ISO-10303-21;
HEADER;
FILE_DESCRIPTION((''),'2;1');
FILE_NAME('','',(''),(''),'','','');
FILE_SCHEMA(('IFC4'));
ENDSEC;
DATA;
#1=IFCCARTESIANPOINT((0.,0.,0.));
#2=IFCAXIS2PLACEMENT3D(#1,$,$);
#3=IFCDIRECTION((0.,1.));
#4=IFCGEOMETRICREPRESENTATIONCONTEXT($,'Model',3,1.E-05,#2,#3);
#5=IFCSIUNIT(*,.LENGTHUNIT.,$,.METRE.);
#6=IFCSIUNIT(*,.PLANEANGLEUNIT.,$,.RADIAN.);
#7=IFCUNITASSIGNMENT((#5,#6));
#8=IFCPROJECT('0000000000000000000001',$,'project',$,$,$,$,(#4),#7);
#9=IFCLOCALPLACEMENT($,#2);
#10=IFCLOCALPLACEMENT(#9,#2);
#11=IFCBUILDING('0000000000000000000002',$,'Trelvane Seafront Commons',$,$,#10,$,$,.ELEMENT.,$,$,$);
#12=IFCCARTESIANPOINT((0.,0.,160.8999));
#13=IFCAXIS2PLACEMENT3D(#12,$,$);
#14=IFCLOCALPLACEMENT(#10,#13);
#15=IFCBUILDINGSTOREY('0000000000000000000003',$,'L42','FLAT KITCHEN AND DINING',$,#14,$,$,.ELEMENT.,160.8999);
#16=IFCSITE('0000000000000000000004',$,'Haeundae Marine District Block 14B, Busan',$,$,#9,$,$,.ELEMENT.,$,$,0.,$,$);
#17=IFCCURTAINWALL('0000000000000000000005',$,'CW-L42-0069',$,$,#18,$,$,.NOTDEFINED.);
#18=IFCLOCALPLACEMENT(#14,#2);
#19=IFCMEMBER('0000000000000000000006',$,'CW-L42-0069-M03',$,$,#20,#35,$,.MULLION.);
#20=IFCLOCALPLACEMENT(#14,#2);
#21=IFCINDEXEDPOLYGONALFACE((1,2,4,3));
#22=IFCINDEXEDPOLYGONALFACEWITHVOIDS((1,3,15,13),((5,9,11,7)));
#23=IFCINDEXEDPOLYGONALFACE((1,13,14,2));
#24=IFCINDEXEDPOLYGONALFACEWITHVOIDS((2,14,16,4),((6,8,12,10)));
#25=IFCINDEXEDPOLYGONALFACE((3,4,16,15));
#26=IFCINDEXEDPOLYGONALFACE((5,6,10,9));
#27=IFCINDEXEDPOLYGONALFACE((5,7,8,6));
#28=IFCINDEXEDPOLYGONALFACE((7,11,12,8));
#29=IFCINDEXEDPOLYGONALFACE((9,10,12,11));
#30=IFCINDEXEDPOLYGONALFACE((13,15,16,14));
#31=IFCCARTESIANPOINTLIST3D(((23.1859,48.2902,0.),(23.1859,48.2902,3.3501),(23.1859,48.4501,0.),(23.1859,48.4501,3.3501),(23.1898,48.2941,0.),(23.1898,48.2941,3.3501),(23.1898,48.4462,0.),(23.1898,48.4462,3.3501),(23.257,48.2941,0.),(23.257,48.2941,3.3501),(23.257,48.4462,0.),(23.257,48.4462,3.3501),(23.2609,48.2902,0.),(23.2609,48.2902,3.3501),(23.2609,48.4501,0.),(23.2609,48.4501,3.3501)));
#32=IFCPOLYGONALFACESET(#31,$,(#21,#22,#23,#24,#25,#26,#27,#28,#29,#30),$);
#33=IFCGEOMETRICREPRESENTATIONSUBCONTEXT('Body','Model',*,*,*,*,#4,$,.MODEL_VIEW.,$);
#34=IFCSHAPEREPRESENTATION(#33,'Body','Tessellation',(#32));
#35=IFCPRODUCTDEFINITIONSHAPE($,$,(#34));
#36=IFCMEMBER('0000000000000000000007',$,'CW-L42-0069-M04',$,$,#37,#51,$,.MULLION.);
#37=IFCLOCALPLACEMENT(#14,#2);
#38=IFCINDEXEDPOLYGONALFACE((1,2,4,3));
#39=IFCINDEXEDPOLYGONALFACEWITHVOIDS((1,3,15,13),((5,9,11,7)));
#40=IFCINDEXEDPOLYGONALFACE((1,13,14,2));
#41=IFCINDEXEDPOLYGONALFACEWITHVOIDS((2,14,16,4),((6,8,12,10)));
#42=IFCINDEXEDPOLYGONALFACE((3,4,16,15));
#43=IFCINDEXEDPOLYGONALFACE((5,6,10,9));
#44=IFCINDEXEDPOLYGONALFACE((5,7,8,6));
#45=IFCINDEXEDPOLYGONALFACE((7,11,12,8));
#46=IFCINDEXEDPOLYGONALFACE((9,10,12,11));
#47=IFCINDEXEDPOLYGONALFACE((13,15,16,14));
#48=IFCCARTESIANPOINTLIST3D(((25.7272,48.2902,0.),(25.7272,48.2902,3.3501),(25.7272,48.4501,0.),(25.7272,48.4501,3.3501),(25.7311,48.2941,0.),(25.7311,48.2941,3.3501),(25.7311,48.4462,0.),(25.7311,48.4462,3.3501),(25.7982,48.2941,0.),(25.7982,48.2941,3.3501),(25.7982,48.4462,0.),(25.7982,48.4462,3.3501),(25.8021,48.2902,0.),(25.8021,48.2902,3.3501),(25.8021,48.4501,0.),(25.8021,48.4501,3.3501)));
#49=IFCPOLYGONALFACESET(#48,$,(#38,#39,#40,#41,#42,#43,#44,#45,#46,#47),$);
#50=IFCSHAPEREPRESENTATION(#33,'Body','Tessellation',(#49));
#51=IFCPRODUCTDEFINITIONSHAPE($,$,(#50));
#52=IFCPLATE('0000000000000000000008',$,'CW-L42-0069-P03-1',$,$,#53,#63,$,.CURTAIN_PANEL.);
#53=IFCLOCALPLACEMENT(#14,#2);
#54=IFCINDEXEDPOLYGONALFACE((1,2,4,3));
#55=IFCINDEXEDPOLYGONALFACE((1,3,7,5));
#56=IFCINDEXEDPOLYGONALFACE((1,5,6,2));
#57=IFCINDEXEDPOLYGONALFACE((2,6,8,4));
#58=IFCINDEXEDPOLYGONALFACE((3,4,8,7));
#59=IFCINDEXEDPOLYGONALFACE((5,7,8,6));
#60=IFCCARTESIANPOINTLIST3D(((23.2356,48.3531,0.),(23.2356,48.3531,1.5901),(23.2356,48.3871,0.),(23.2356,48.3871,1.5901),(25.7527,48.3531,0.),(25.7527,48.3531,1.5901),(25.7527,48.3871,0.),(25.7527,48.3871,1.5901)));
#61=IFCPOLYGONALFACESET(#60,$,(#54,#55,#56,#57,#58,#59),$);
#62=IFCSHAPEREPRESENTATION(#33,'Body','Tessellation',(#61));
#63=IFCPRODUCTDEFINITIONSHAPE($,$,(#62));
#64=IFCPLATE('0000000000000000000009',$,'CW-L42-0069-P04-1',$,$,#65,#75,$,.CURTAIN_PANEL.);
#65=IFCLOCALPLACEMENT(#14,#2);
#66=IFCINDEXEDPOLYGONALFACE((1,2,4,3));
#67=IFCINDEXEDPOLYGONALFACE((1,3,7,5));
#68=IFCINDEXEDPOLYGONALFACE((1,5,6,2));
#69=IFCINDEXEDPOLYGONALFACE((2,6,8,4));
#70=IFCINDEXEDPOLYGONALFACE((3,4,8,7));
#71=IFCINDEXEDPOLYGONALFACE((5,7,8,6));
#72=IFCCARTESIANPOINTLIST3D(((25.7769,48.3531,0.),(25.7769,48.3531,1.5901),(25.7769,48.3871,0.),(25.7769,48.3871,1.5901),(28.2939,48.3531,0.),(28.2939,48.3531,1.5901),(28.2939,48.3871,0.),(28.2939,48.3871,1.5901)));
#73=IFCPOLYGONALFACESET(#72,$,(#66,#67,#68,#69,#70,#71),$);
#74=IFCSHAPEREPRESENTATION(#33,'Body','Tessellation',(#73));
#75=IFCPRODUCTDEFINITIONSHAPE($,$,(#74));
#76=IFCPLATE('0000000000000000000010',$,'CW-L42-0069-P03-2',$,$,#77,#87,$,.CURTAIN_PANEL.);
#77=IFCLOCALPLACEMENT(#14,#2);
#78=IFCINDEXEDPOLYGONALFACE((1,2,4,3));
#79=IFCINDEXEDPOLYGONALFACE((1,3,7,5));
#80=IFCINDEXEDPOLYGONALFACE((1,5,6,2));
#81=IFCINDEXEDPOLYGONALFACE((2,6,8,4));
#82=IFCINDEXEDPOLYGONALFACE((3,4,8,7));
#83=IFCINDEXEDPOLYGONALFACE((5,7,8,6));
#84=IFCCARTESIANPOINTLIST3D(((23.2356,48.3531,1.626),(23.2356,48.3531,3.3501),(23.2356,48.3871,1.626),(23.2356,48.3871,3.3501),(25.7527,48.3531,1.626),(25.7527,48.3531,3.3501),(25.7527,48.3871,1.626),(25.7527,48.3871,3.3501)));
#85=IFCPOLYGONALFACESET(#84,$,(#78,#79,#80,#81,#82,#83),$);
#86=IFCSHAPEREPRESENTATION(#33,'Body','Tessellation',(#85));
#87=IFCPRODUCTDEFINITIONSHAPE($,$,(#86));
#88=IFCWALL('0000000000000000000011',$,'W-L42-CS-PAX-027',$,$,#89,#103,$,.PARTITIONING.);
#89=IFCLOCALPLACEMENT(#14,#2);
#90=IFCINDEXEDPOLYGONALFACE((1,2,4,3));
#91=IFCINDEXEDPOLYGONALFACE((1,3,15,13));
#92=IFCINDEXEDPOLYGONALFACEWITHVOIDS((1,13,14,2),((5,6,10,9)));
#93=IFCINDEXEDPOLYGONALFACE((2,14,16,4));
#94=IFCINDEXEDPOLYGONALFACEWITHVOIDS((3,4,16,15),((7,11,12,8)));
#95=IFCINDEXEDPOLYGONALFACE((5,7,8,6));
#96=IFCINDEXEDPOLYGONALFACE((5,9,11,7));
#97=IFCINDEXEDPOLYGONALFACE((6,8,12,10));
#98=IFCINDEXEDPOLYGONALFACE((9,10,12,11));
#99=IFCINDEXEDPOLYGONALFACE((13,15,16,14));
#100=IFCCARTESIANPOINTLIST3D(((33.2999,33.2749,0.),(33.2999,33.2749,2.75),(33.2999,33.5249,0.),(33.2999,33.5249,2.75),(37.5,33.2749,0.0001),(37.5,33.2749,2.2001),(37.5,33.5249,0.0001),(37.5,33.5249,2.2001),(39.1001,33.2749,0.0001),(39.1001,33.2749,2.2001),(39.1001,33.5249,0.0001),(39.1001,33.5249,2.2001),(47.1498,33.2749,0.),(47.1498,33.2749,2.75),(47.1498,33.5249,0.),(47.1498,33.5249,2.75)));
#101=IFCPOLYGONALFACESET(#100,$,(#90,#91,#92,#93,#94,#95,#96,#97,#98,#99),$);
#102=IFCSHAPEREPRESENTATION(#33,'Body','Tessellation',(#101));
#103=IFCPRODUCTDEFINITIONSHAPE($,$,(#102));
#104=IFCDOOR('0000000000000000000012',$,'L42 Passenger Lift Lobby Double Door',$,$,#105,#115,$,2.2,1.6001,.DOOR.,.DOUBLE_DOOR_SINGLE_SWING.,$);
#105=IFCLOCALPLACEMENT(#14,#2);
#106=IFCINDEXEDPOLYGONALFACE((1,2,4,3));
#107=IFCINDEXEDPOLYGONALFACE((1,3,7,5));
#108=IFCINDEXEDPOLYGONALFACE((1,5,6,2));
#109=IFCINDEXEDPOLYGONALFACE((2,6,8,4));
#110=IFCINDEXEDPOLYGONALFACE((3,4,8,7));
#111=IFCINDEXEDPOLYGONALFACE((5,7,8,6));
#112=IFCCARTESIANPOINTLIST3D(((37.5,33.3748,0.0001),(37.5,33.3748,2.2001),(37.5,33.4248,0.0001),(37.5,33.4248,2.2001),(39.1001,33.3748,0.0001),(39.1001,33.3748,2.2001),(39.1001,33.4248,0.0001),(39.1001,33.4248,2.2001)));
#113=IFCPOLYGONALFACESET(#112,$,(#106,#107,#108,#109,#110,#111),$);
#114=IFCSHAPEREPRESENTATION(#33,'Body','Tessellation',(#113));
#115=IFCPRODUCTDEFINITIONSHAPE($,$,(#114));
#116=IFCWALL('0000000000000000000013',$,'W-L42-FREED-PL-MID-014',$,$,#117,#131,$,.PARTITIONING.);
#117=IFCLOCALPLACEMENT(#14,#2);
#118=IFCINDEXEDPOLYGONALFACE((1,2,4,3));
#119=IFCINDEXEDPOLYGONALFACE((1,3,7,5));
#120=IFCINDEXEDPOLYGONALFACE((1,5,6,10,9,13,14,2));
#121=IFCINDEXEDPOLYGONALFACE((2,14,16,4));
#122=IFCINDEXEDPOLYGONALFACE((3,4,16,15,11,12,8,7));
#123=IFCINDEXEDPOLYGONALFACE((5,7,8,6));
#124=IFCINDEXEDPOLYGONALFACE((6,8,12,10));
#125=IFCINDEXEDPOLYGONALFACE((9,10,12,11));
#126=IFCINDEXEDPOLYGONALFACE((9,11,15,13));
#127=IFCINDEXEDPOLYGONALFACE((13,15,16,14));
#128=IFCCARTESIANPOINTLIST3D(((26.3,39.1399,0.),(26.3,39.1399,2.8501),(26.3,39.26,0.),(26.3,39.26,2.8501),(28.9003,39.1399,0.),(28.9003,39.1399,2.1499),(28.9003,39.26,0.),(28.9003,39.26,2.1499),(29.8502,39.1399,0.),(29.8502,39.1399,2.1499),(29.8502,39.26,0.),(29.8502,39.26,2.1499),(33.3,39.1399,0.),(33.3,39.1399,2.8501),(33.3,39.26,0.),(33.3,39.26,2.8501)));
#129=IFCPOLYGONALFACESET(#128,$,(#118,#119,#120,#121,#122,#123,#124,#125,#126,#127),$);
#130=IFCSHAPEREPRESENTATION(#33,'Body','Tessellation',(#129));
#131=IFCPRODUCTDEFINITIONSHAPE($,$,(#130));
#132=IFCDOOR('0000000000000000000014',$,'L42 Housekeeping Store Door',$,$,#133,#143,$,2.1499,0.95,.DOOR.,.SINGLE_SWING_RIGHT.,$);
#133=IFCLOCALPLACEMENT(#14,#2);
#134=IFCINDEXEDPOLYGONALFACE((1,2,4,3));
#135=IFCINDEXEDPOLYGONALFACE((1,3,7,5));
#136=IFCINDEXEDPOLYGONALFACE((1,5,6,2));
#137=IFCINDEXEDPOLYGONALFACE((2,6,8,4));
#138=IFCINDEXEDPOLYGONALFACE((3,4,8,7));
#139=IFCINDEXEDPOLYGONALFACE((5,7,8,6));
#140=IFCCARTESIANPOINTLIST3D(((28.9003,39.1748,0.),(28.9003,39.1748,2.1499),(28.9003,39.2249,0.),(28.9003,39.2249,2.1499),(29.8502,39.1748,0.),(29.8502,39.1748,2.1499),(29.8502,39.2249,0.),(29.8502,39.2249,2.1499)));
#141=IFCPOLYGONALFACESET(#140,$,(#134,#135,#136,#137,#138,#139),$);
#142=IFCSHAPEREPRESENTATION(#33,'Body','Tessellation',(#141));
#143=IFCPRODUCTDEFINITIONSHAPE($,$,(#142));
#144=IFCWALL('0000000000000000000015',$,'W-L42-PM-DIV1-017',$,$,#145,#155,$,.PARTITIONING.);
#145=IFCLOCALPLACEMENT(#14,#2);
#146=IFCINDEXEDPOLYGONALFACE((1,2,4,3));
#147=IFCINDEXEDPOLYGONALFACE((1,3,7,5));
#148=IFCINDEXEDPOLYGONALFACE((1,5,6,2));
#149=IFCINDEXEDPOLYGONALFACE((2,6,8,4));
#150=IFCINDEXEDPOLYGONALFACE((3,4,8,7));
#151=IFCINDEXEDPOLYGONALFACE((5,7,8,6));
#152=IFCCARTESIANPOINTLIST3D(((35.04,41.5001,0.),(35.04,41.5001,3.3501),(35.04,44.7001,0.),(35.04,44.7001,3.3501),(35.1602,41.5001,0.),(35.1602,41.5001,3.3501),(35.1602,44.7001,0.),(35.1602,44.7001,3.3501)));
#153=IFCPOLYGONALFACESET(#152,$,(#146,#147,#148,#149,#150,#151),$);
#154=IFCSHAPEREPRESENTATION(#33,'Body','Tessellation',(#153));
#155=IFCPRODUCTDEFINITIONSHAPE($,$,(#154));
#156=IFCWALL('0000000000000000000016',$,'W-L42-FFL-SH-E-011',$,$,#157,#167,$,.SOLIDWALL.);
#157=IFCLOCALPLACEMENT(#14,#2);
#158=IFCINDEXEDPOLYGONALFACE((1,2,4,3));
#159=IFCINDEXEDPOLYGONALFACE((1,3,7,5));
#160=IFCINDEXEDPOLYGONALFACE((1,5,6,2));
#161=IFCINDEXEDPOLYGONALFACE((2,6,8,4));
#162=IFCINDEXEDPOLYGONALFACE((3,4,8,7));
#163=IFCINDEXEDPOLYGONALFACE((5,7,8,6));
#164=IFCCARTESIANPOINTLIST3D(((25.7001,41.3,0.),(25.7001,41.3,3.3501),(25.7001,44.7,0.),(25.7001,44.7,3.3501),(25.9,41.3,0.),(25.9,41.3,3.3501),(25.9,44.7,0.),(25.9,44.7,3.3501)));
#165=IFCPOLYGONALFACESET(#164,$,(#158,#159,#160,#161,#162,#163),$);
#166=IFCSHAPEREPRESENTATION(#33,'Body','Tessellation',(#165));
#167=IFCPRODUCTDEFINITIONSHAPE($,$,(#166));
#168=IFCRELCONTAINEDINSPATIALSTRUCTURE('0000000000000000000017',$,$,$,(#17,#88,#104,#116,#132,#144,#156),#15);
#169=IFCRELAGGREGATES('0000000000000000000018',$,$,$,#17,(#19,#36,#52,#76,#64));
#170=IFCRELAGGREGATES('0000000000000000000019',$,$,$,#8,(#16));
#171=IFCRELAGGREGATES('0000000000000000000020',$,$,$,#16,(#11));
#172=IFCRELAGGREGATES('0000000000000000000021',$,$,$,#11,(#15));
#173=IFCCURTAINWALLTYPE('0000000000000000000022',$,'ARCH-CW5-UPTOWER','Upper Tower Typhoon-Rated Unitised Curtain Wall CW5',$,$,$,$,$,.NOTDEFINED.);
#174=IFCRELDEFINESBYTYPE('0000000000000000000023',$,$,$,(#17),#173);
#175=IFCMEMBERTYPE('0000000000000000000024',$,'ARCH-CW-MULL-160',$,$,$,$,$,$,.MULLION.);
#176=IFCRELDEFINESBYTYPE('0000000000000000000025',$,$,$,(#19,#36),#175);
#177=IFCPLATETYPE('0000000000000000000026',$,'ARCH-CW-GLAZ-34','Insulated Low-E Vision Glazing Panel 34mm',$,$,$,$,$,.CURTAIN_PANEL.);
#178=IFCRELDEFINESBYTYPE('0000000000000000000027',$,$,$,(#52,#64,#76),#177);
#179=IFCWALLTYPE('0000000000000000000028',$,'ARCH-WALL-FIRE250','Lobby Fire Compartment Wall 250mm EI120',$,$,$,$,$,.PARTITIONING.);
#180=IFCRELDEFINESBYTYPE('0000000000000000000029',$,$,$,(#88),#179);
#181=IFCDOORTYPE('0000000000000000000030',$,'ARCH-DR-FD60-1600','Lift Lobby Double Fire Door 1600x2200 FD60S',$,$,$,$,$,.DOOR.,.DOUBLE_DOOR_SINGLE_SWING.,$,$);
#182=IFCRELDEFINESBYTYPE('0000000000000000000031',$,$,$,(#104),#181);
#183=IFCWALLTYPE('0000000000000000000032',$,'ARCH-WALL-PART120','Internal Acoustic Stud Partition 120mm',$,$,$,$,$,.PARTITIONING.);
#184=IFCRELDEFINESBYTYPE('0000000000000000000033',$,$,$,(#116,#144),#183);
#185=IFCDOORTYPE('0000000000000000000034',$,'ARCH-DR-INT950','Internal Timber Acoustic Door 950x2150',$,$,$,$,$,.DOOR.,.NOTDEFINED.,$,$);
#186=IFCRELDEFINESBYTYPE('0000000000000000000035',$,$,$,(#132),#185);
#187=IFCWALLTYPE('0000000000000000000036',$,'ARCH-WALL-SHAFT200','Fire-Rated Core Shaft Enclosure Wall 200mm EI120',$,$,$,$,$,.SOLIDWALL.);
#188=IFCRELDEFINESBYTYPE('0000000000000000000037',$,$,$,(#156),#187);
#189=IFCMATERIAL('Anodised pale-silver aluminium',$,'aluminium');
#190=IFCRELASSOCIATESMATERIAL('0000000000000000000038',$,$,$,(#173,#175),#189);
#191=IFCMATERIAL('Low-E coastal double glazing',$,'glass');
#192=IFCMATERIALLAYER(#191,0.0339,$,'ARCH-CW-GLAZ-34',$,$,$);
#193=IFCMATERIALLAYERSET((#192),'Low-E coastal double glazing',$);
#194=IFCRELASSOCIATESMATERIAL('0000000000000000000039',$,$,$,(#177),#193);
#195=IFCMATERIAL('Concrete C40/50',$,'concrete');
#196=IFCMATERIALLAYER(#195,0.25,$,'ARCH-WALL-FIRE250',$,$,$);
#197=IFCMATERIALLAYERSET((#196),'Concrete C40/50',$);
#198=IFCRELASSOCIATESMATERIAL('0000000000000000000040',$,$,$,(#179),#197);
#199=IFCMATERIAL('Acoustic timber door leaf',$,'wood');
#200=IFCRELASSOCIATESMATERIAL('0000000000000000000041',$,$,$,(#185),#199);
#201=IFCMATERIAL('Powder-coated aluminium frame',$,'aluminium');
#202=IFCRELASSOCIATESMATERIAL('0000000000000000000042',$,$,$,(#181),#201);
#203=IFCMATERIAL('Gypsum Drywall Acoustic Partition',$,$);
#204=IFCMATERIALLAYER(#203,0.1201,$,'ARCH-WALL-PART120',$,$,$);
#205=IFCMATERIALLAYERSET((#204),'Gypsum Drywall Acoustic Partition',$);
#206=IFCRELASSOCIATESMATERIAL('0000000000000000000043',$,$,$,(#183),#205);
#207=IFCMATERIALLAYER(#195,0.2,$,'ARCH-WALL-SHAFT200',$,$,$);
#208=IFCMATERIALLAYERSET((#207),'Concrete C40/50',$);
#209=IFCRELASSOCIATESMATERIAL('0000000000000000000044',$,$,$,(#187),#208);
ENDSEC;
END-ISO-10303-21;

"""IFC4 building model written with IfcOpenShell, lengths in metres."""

from ifc_helpers import new_model, si_unit, direction, frame, frame_2d, origin, origin_2d, place, context, subcontext, project, spatial, rectangle, hollow_rectangle, extrude, source, transform, mapped, material, layer, layer_set, material_profile, profile_set, type_object, element, fill, aggregate, save


model = new_model("IFC4")

# Units and contexts
model_context = context("Model", 3, precision=1e-05, world=origin(), true_north=direction((0.0, 1.0)))
body_context = subcontext(model_context, "Body", "Model", "MODEL_VIEW")
ifc_project = project(units=[si_unit("LENGTHUNIT", "METRE"), si_unit("PLANEANGLEUNIT", "RADIAN")], contexts=[model_context])

# Site, building, storey
site_placement = place(None, origin())
site = spatial("IfcSite", under=ifc_project, at=site_placement, Name="Haeundae Marine District Block 14B, Busan", CompositionType="ELEMENT", RefElevation=0.0)
building_placement = place(site_placement, origin())
building = spatial("IfcBuilding", under=site, at=building_placement, Name="Trelvane Seafront Commons", CompositionType="ELEMENT")
storey_placement = place(building_placement, frame((0.0, 0.0, 160.8999)))
storey = spatial("IfcBuildingStorey", under=building, at=storey_placement, Name="L42", Description="FLAT KITCHEN AND DINING", CompositionType="ELEMENT", Elevation=160.8999)

# Curtain wall, members, plates
ifc_material_1 = material(Name="Anodised pale-silver aluminium", Category="aluminium")
curtain_wall_type = type_object("IfcCurtainWallType", Name="ARCH-CW5-UPTOWER", Description="Upper Tower Typhoon-Rated Unitised Curtain Wall CW5", PredefinedType="NOTDEFINED", material=ifc_material_1)
curtain_wall_placement = place(storey_placement, origin())
curtain_wall = element("IfcCurtainWall", 1, at=curtain_wall_placement, inside=storey, type_object=curtain_wall_type, Name="CW-L42-0069", PredefinedType="NOTDEFINED")
ifc_material_profile_1 = material_profile(ifc_material_1, hollow_rectangle(XDim=0.075, YDim=0.1599, WallThickness=0.0039, at=origin_2d()), Name="MULL-75x160x4")
ifc_profile_set_1 = profile_set([ifc_material_profile_1], Name="Anodised pale-silver aluminium")
member_type_1 = type_object("IfcMemberType", Name="ARCH-CW-MULL-160", PredefinedType="MULLION", material=ifc_profile_set_1)
shared_shape_1 = source(origin(), body_context, "Body", "SweptSolid", [
    extrude(hollow_rectangle(XDim=0.075, YDim=0.1599, WallThickness=0.0039, at=origin_2d()), origin(), (0.0, 0.0, 1.0), 3.3501),
])
member_1_placement = place(storey_placement, frame((23.2234, 48.3701, 0.0), z_axis=(0.0, 0.0, 1.0), x_axis=(1.0, 0.0, 0.0)))
member_1 = element("IfcMember", 2, at=member_1_placement, type_object=member_type_1, Name="CW-L42-0069-M03", PredefinedType="MULLION", context=body_context, shape_type="MappedRepresentation", body=[
    mapped(shared_shape_1, transform((0.0, 0.0, 0.0), x_axis=(1.0, 0.0, 0.0), y_axis=(0.0, 1.0, 0.0), z_axis=(0.0, 0.0, 1.0), scale=1.0)),
])
member_2_placement = place(storey_placement, frame((25.7646, 48.3701, 0.0), z_axis=(0.0, 0.0, 1.0), x_axis=(1.0, 0.0, 0.0)))
member_2 = element("IfcMember", 3, at=member_2_placement, type_object=member_type_1, Name="CW-L42-0069-M04", PredefinedType="MULLION", context=body_context, shape_type="MappedRepresentation", body=[
    mapped(shared_shape_1, transform((0.0, 0.0, 0.0), x_axis=(1.0, 0.0, 0.0), y_axis=(0.0, 1.0, 0.0), z_axis=(0.0, 0.0, 1.0), scale=1.0)),
])
ifc_material_2 = material(Name="Low-E coastal double glazing", Category="glass")
ifc_layer_1 = layer(ifc_material_2, 0.0339, Name="ARCH-CW-GLAZ-34")
ifc_layer_set_1 = layer_set([ifc_layer_1], Name="Low-E coastal double glazing")
plate_type = type_object("IfcPlateType", Name="ARCH-CW-GLAZ-34", Description="Insulated Low-E Vision Glazing Panel 34mm", PredefinedType="CURTAIN_PANEL", material=ifc_layer_set_1)
shared_shape_2 = source(origin(), body_context, "Body", "SweptSolid", [
    extrude(rectangle(XDim=2.5171, YDim=0.0339, at=origin_2d()), origin(), (0.0, 0.0, 1.0), 1.5901),
])
plate_1_placement = place(storey_placement, frame((24.4941, 48.3701, 0.0), z_axis=(0.0, 0.0, 1.0), x_axis=(1.0, 0.0, 0.0)))
plate_1 = element("IfcPlate", 4, at=plate_1_placement, type_object=plate_type, Name="CW-L42-0069-P03-1", PredefinedType="CURTAIN_PANEL", context=body_context, shape_type="MappedRepresentation", body=[
    mapped(shared_shape_2, transform((0.0, 0.0, 0.0), x_axis=(1.0, 0.0, 0.0), y_axis=(0.0, 1.0, 0.0), z_axis=(0.0, 0.0, 1.0), scale=1.0)),
])
plate_2_placement = place(storey_placement, frame((27.0354, 48.3701, 0.0), z_axis=(0.0, 0.0, 1.0), x_axis=(1.0, 0.0, 0.0)))
plate_2 = element("IfcPlate", 5, at=plate_2_placement, type_object=plate_type, Name="CW-L42-0069-P04-1", PredefinedType="CURTAIN_PANEL", context=body_context, shape_type="MappedRepresentation", body=[
    mapped(shared_shape_2, transform((0.0, 0.0, 0.0), x_axis=(1.0, 0.0, 0.0), y_axis=(0.0, 1.0, 0.0), z_axis=(0.0, 0.0, 1.0), scale=1.0)),
])
shared_shape_3 = source(origin(), body_context, "Body", "SweptSolid", [
    extrude(rectangle(XDim=2.5171, YDim=0.0339, at=origin_2d()), origin(), (0.0, 0.0, 1.0), 1.7241),
])
plate_3_placement = place(storey_placement, frame((24.4941, 48.3701, 1.626), z_axis=(0.0, 0.0, 1.0), x_axis=(1.0, 0.0, 0.0)))
plate_3 = element("IfcPlate", 6, at=plate_3_placement, type_object=plate_type, Name="CW-L42-0069-P03-2", PredefinedType="CURTAIN_PANEL", context=body_context, shape_type="MappedRepresentation", body=[
    mapped(shared_shape_3, transform((0.0, 0.0, 0.0), x_axis=(1.0, 0.0, 0.0), y_axis=(0.0, 1.0, 0.0), z_axis=(0.0, 0.0, 1.0), scale=1.0)),
])
aggregate(curtain_wall, [member_1, member_2, plate_1, plate_3, plate_2])

# Walls, openings, doors
ifc_material_3 = material(Name="Concrete C40/50", Category="concrete")
ifc_layer_2 = layer(ifc_material_3, 0.25, Name="ARCH-WALL-FIRE250")
ifc_layer_set_2 = layer_set([ifc_layer_2], Name="Concrete C40/50")
wall_type_1 = type_object("IfcWallType", Name="ARCH-WALL-FIRE250", Description="Lobby Fire Compartment Wall 250mm EI120", PredefinedType="PARTITIONING", material=ifc_layer_set_2)
ifc_material_4 = material(Name="Acoustic timber door leaf", Category="wood")
door_type_1 = type_object("IfcDoorType", Name="ARCH-DR-INT950", Description="Internal Timber Acoustic Door 950x2150", OperationType="NOTDEFINED", PredefinedType="DOOR", material=ifc_material_4)
shared_shape_4 = source(origin(), body_context, "Body", "SweptSolid", [
    extrude(rectangle(XDim=0.95, YDim=2.1499, at=frame_2d((0.4751, 1.075))), frame((0.0, 0.0249, 0.0), z_axis=(0.0, -1.0, 0.0), x_axis=(1.0, 0.0, 0.0)), (0.0, 0.0, 1.0), 0.05),
])
wall_1_placement = place(storey_placement, frame((33.3, 33.3999, 0.0), z_axis=(0.0, 0.0, 1.0), x_axis=(1.0, 0.0, 0.0)))
wall_1 = element("IfcWall", 7, at=wall_1_placement, inside=storey, type_object=wall_type_1, Name="W-L42-CS-PAX-027", PredefinedType="PARTITIONING", context=body_context, shape_type="SweptSolid", body=[
    extrude(rectangle(XDim=13.8499, YDim=0.25, at=frame_2d((6.9248, 0.0))), origin(), (0.0, 0.0, 1.0), 2.75),
])
opening_1_placement = place(wall_1_placement, frame((4.2, 0.0, 0.0)))
opening_1 = element("IfcOpeningElement", 8, at=opening_1_placement, cuts=wall_1, PredefinedType="OPENING", context=body_context, shape_type="SweptSolid", body=[
    extrude(rectangle(XDim=1.6001, YDim=2.2, at=frame_2d((0.8, 1.1001))), frame((0.0, 0.135, 0.0), z_axis=(0.0, -1.0, 0.0), x_axis=(1.0, 0.0, 0.0)), (0.0, 0.0, 1.0), 0.27),
])
ifc_material_5 = material(Name="Powder-coated aluminium frame", Category="aluminium")
door_type_2 = type_object("IfcDoorType", Name="ARCH-DR-FD60-1600", Description="Lift Lobby Double Fire Door 1600x2200 FD60S", OperationType="DOUBLE_DOOR_SINGLE_SWING", PredefinedType="DOOR", material=ifc_material_5)
shared_shape_5 = source(origin(), body_context, "Body", "SweptSolid", [
    extrude(rectangle(XDim=1.6001, YDim=2.2, at=frame_2d((0.8, 1.1001))), frame((0.0, 0.0249, 0.0), z_axis=(0.0, -1.0, 0.0), x_axis=(1.0, 0.0, 0.0)), (0.0, 0.0, 1.0), 0.05),
])
door_1_placement = place(opening_1_placement, origin())
door_1 = element("IfcDoor", 9, at=door_1_placement, inside=storey, type_object=door_type_2, Name="L42 Passenger Lift Lobby Double Door", OperationType="DOUBLE_DOOR_SINGLE_SWING", OverallHeight=2.2, OverallWidth=1.6001, PredefinedType="DOOR", context=body_context, shape_type="MappedRepresentation", body=[
    mapped(shared_shape_5, transform((0.0, 0.0, 0.0), x_axis=(1.0, 0.0, 0.0), y_axis=(0.0, 1.0, 0.0), z_axis=(0.0, 0.0, 1.0), scale=1.0)),
])
fill(opening_1, door_1)
ifc_material_6 = material(Name="Gypsum Drywall Acoustic Partition")
ifc_layer_3 = layer(ifc_material_6, 0.1201, Name="ARCH-WALL-PART120")
ifc_layer_set_3 = layer_set([ifc_layer_3], Name="Gypsum Drywall Acoustic Partition")
wall_type_2 = type_object("IfcWallType", Name="ARCH-WALL-PART120", Description="Internal Acoustic Stud Partition 120mm", PredefinedType="PARTITIONING", material=ifc_layer_set_3)
wall_2_placement = place(storey_placement, frame((26.3, 39.2, 0.0), z_axis=(0.0, 0.0, 1.0), x_axis=(1.0, 0.0, 0.0)))
wall_2 = element("IfcWall", 10, at=wall_2_placement, inside=storey, type_object=wall_type_2, Name="W-L42-FREED-PL-MID-014", PredefinedType="PARTITIONING", context=body_context, shape_type="SweptSolid", body=[
    extrude(rectangle(XDim=7.0, YDim=0.1201, at=frame_2d((3.5, 0.0))), origin(), (0.0, 0.0, 1.0), 2.8501),
])
opening_2_placement = place(wall_2_placement, frame((2.6001, 0.0, 0.0)))
opening_2 = element("IfcOpeningElement", 11, at=opening_2_placement, cuts=wall_2, PredefinedType="OPENING", context=body_context, shape_type="SweptSolid", body=[
    extrude(rectangle(XDim=0.95, YDim=2.1499, at=frame_2d((0.4751, 1.075))), frame((0.0, 0.0701, 0.0), z_axis=(0.0, -1.0, 0.0), x_axis=(1.0, 0.0, 0.0)), (0.0, 0.0, 1.0), 0.1401),
])
door_2_placement = place(opening_2_placement, origin())
door_2 = element("IfcDoor", 12, at=door_2_placement, inside=storey, type_object=door_type_1, Name="L42 Housekeeping Store Door", OperationType="SINGLE_SWING_RIGHT", OverallHeight=2.1499, OverallWidth=0.95, PredefinedType="DOOR", context=body_context, shape_type="MappedRepresentation", body=[
    mapped(shared_shape_4, transform((0.0, 0.0, 0.0), x_axis=(1.0, 0.0, 0.0), y_axis=(0.0, 1.0, 0.0), z_axis=(0.0, 0.0, 1.0), scale=1.0)),
])
fill(opening_2, door_2)

# Walls
wall_3_placement = place(storey_placement, frame((35.1001, 41.5, 0.0), z_axis=(0.0, 0.0, 1.0), x_axis=(0.0, 1.0, 0.0)))
element("IfcWall", 13, at=wall_3_placement, inside=storey, type_object=wall_type_2, Name="W-L42-PM-DIV1-017", PredefinedType="PARTITIONING", context=body_context, shape_type="SweptSolid", body=[
    extrude(rectangle(XDim=3.2, YDim=0.1201, at=frame_2d((1.6001, 0.0))), origin(), (0.0, 0.0, 1.0), 3.3501),
])
ifc_layer_4 = layer(ifc_material_3, 0.2, Name="ARCH-WALL-SHAFT200")
ifc_layer_set_4 = layer_set([ifc_layer_4], Name="Concrete C40/50")
wall_type_3 = type_object("IfcWallType", Name="ARCH-WALL-SHAFT200", Description="Fire-Rated Core Shaft Enclosure Wall 200mm EI120", PredefinedType="SOLIDWALL", material=ifc_layer_set_4)
wall_4_placement = place(storey_placement, frame((25.8, 41.3, 0.0), z_axis=(0.0, 0.0, 1.0), x_axis=(0.0, 1.0, 0.0)))
element("IfcWall", 14, at=wall_4_placement, inside=storey, type_object=wall_type_3, Name="W-L42-FFL-SH-E-011", PredefinedType="SOLIDWALL", context=body_context, shape_type="SweptSolid", body=[
    extrude(rectangle(XDim=3.3999, YDim=0.2, at=frame_2d((1.7, 0.0))), origin(), (0.0, 0.0, 1.0), 3.3501),
])

save(model, "model.ifc")
